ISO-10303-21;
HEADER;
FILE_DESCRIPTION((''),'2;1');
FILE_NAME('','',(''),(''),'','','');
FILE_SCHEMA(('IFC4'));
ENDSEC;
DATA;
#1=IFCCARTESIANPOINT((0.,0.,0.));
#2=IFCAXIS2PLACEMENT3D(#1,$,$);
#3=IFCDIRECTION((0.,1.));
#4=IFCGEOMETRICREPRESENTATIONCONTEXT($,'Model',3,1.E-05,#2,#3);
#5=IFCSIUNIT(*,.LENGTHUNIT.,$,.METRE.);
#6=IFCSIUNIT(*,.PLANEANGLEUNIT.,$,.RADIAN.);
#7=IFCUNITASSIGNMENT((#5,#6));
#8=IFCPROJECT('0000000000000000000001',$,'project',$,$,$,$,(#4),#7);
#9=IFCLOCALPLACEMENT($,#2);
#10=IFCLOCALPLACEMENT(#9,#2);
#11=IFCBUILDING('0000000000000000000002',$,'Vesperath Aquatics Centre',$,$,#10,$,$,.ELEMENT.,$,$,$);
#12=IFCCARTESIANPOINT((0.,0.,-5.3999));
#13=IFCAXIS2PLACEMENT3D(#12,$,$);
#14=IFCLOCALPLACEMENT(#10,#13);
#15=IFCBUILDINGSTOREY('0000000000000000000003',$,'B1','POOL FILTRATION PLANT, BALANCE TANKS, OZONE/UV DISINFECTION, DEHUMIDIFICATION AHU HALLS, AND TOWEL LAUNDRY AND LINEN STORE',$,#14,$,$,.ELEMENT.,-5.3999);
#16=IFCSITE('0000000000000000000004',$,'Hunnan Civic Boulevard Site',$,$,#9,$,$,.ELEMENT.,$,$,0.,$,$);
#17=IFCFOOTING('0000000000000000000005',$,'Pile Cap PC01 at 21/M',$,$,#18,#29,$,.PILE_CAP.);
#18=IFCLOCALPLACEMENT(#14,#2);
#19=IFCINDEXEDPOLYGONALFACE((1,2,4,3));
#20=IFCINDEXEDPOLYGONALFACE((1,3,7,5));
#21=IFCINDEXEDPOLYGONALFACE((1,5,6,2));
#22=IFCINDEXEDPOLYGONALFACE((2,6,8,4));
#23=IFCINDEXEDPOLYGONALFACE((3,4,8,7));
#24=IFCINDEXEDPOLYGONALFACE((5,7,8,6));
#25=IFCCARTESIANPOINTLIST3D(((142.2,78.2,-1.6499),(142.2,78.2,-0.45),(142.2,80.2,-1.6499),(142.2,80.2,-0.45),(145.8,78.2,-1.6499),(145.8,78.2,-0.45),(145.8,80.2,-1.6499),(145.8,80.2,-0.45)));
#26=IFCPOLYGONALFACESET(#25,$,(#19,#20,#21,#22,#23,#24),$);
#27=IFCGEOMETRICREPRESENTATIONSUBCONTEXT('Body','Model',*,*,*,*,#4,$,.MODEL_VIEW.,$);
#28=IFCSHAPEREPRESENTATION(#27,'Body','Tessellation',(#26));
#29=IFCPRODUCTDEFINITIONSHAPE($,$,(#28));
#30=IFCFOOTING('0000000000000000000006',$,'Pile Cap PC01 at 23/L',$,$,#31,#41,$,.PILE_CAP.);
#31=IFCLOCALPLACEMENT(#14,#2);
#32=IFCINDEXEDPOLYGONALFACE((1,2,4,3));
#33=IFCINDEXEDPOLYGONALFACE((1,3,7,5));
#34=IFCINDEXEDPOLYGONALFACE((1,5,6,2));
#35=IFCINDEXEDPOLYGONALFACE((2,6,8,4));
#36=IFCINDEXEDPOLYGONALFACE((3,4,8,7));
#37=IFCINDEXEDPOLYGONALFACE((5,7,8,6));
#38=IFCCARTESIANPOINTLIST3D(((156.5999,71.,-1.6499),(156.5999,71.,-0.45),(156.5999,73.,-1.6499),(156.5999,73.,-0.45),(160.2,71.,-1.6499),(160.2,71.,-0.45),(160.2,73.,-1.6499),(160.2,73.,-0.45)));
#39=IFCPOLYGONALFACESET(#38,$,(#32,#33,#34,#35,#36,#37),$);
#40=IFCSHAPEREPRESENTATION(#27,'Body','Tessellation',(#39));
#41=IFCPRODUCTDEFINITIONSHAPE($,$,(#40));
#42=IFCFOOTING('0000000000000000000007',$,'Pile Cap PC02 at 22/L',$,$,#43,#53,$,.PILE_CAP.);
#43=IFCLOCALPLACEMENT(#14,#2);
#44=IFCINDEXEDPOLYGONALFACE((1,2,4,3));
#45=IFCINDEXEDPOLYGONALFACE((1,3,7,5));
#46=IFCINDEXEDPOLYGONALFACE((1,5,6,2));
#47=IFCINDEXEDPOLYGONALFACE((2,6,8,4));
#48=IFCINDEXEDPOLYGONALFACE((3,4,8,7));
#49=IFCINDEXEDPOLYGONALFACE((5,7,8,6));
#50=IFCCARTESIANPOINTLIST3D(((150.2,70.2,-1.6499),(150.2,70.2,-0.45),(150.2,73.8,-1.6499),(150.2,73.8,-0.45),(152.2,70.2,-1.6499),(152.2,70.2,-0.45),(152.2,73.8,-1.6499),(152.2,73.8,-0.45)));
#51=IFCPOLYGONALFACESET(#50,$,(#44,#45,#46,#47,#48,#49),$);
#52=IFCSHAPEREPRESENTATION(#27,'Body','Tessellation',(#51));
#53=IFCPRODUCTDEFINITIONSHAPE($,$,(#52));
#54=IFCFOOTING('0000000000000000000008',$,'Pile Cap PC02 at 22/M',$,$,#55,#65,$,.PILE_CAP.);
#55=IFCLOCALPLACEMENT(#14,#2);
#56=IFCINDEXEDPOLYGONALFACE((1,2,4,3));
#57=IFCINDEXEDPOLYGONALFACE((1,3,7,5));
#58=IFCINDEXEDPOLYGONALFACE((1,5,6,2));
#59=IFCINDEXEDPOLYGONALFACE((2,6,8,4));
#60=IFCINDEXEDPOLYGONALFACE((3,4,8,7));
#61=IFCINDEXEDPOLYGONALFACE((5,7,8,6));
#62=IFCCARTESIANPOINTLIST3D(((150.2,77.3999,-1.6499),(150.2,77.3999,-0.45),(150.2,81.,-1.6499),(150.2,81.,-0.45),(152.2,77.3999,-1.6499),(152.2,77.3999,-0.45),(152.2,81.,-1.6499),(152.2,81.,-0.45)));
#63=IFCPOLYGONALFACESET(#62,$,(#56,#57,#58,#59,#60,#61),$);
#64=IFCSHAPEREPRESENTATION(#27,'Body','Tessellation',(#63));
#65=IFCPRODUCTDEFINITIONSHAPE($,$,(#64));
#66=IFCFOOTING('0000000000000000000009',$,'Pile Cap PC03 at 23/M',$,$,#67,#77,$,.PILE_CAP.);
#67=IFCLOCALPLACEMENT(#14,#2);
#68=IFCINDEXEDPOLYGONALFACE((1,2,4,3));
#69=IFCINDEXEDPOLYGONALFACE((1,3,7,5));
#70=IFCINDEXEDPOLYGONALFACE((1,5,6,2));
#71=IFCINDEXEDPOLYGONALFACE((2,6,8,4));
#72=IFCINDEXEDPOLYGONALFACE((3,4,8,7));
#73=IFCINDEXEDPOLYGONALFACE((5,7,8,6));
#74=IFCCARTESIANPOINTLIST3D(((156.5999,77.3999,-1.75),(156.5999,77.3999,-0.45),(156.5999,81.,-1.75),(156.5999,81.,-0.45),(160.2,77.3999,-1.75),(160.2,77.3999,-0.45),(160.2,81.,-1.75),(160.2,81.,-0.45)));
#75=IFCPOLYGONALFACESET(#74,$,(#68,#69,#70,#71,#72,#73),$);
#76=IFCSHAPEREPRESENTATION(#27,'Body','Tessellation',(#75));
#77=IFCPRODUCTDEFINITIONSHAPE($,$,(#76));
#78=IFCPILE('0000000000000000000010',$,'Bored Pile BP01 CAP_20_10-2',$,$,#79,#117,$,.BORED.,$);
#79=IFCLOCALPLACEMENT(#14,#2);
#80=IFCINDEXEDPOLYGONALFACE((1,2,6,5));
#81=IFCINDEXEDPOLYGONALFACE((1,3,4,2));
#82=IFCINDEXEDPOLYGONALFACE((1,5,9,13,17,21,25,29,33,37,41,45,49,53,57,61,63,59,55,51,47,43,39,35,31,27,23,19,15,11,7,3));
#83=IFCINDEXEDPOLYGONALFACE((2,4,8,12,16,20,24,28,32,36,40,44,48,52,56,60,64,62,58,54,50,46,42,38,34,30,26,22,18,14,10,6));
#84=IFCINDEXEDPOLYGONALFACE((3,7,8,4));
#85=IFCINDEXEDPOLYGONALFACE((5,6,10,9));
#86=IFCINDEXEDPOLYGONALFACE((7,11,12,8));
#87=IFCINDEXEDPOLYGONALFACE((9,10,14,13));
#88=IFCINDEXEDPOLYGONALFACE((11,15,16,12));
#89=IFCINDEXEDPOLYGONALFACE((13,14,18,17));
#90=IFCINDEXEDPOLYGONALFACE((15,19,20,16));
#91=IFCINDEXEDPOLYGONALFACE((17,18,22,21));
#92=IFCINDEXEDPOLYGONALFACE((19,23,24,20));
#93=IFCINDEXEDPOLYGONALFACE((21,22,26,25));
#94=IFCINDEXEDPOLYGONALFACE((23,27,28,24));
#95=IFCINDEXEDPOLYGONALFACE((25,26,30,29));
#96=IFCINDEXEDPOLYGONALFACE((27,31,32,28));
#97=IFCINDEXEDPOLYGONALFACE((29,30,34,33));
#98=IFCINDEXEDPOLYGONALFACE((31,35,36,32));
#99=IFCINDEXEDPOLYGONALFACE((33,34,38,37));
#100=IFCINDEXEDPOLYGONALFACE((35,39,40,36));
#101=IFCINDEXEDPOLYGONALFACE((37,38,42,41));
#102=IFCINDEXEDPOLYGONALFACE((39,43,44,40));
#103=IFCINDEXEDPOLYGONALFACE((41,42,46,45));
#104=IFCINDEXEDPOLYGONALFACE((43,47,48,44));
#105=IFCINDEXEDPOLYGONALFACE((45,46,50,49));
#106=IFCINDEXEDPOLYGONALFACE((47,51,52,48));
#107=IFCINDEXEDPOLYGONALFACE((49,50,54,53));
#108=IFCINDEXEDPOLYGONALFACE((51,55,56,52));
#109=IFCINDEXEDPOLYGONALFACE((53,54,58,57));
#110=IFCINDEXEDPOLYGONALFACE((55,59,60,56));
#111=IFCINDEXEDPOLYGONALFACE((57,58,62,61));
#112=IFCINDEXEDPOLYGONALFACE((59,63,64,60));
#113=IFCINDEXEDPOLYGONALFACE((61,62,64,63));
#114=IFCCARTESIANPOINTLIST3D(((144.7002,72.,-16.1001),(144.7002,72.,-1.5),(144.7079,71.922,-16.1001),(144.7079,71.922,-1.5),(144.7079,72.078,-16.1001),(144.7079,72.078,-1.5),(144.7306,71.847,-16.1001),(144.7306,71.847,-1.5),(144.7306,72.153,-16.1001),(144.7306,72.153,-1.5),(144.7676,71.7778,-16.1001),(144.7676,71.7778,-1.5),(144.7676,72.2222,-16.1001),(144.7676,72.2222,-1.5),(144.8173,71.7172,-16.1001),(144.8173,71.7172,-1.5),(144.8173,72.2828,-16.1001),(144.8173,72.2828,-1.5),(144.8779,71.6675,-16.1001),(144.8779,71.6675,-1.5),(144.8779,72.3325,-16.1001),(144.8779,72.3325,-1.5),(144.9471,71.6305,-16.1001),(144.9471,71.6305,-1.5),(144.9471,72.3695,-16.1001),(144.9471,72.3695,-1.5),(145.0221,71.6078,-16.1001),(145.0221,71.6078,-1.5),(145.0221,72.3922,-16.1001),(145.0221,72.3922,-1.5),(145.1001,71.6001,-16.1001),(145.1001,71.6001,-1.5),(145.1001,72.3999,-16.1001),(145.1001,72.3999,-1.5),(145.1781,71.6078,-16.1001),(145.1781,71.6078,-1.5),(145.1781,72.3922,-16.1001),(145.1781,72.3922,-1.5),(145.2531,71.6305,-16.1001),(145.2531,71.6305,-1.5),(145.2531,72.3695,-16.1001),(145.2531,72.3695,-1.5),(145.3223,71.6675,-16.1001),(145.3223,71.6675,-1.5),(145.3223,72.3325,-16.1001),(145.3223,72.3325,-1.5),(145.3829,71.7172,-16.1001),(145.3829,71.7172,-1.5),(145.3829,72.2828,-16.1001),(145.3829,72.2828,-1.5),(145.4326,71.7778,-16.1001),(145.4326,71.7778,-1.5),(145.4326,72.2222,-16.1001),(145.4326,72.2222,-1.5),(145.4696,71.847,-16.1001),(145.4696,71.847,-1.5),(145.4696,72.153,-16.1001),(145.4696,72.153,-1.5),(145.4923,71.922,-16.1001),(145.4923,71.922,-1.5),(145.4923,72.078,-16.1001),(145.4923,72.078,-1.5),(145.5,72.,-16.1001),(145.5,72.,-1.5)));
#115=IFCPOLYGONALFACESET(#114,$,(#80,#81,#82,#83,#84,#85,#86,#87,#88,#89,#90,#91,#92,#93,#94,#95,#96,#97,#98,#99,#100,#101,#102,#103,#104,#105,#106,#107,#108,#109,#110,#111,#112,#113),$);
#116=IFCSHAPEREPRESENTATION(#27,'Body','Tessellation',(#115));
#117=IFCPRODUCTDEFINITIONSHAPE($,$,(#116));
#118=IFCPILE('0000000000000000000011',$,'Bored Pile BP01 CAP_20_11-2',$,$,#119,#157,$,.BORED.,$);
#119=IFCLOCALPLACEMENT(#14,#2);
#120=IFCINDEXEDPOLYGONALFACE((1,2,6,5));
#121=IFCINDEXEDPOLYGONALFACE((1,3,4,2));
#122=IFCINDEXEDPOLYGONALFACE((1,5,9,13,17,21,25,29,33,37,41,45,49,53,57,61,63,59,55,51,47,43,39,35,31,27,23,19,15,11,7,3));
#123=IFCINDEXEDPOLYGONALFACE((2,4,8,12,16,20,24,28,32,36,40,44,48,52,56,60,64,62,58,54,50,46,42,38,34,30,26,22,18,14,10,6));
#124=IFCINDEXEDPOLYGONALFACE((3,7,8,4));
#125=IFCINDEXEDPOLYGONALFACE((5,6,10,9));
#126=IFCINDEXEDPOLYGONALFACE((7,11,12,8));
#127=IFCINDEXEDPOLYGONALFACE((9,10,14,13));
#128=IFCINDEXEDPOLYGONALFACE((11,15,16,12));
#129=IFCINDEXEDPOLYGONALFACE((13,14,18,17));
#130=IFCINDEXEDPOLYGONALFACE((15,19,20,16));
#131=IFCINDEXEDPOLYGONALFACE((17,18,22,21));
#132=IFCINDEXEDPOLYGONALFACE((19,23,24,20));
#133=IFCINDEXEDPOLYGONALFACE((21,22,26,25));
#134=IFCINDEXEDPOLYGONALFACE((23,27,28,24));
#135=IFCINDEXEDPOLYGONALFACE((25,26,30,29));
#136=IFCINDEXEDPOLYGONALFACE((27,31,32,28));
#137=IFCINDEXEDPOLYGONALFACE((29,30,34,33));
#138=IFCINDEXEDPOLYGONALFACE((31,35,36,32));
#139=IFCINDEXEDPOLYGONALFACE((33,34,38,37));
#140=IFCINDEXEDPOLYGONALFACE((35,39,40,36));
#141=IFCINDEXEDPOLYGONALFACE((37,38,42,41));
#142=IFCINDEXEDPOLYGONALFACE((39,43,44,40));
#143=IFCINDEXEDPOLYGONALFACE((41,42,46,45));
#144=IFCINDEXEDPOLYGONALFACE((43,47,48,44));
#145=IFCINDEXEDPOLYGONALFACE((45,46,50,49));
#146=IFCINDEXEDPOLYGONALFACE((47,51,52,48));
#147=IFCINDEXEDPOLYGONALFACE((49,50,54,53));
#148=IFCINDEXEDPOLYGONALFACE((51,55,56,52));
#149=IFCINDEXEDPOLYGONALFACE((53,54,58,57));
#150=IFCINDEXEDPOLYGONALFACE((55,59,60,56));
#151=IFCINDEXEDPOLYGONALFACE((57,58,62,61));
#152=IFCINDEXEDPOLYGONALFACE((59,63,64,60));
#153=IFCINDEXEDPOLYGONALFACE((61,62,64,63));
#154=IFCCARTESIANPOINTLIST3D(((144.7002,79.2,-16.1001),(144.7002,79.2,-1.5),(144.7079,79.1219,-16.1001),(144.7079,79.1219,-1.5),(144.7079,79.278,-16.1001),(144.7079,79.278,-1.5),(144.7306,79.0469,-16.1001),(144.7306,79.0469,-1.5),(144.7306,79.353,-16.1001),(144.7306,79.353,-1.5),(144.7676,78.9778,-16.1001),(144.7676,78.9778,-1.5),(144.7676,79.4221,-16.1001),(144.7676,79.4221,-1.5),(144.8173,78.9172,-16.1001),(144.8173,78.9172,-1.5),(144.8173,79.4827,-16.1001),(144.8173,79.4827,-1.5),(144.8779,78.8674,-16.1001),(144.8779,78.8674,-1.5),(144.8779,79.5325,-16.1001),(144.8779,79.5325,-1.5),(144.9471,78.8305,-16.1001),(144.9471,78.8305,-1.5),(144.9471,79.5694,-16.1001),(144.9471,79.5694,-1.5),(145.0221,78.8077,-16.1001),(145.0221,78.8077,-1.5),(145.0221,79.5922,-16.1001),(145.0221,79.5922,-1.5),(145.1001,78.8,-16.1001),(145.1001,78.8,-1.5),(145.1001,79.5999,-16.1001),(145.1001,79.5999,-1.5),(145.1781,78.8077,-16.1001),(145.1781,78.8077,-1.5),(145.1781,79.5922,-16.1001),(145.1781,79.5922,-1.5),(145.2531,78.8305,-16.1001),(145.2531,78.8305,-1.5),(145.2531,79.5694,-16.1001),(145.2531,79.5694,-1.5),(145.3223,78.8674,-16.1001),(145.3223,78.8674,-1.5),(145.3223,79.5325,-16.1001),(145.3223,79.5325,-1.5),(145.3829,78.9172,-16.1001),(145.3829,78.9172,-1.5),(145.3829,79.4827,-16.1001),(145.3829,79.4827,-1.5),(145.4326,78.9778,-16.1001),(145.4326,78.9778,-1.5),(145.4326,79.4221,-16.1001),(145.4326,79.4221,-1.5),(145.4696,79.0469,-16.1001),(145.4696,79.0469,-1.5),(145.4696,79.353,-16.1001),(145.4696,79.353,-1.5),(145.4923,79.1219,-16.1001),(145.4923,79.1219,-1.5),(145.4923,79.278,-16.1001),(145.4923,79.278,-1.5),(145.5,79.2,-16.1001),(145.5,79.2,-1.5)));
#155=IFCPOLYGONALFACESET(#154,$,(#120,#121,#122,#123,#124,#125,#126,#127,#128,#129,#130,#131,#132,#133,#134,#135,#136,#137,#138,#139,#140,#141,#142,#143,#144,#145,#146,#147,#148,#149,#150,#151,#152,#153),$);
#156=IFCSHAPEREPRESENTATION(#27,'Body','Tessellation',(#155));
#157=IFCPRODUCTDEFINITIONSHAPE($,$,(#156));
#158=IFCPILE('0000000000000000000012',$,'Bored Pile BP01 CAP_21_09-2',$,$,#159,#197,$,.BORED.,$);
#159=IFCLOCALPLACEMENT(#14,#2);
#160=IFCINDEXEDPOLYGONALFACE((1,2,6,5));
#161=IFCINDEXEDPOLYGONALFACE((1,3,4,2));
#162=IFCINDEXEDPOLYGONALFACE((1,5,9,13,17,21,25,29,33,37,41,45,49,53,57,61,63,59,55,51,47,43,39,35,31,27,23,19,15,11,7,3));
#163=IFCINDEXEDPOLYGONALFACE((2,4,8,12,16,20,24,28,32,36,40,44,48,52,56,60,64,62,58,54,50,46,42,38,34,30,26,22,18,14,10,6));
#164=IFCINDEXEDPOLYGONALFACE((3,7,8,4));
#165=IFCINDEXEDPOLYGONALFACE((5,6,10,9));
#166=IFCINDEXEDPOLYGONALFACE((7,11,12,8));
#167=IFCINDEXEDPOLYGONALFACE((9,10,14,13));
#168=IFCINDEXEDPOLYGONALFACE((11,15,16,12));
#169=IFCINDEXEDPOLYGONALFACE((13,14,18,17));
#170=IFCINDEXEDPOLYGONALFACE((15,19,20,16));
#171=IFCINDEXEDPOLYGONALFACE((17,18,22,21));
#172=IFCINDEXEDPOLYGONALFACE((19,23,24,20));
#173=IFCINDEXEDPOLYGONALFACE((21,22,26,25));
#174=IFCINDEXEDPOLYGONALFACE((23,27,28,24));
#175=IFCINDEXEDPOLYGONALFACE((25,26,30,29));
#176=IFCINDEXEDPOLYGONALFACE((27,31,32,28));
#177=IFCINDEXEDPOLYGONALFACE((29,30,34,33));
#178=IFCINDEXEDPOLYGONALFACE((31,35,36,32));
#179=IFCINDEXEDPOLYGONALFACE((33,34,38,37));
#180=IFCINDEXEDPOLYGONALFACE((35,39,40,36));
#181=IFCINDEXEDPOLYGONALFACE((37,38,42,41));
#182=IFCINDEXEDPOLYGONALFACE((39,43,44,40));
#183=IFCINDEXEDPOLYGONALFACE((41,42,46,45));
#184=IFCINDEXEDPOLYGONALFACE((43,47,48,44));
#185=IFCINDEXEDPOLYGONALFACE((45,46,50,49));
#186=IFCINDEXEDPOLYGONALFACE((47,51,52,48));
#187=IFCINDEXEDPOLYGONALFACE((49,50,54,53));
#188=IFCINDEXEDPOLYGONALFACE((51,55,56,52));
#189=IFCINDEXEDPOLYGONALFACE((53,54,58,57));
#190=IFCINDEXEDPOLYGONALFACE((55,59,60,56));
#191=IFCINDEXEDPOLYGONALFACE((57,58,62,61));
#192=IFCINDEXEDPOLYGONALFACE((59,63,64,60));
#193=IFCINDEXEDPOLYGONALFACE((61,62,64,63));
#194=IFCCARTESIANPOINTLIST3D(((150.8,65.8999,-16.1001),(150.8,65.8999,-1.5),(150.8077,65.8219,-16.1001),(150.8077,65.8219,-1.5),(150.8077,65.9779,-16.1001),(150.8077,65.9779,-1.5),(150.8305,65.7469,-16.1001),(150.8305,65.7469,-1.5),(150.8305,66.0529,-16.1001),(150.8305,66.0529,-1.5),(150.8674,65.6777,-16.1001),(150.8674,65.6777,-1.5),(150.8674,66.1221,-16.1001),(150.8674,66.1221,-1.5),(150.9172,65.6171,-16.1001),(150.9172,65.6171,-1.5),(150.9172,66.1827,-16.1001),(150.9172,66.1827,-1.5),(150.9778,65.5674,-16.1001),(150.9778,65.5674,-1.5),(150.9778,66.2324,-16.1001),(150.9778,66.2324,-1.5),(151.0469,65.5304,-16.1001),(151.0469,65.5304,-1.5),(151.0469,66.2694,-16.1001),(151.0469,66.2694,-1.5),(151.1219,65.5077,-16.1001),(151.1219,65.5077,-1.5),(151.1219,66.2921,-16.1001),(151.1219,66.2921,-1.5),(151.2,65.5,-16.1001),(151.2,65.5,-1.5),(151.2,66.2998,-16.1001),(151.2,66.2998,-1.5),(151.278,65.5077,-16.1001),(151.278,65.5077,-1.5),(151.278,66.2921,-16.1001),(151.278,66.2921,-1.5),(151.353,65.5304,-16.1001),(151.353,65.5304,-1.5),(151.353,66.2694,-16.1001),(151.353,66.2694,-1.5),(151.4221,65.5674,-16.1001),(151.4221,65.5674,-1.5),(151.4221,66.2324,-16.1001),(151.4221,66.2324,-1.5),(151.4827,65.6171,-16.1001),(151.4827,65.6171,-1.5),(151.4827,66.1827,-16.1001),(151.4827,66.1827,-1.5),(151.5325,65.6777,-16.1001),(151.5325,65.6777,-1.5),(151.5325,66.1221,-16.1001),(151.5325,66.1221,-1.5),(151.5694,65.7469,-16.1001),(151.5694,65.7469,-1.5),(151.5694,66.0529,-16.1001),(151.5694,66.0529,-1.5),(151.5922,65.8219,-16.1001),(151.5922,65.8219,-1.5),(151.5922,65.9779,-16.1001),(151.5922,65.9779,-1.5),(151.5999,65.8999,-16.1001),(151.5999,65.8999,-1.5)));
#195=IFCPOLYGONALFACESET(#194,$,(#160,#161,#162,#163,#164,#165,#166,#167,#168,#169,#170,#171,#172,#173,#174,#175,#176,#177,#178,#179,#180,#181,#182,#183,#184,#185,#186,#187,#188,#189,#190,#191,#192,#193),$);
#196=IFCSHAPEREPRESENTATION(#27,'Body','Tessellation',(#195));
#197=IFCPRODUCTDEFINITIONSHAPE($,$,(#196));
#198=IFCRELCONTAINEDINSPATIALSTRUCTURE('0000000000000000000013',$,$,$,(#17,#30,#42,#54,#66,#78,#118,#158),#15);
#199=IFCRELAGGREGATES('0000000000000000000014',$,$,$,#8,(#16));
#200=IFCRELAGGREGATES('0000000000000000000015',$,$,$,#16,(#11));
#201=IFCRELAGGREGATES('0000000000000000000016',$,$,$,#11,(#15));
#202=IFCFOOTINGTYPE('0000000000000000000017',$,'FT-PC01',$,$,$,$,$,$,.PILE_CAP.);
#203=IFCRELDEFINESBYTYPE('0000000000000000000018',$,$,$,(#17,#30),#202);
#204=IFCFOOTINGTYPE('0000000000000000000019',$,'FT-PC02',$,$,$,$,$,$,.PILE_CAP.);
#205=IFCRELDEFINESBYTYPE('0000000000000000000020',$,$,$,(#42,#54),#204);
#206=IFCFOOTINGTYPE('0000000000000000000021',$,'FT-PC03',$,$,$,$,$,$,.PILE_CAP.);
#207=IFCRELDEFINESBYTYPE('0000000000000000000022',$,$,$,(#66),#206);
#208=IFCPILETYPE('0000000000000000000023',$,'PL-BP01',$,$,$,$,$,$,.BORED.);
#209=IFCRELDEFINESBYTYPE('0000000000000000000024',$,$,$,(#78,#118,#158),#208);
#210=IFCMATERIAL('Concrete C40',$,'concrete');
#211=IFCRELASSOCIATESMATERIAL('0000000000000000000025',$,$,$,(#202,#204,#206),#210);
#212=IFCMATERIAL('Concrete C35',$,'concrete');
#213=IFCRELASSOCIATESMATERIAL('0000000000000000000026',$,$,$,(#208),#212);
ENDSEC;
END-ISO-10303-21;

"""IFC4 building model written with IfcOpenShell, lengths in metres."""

from ifc_helpers import new_model, si_unit, direction, frame, origin, origin_2d, place, context, subcontext, project, spatial, rectangle, circle, extrude, material, material_profile, profile_set, type_object, element, save


model = new_model("IFC4")

# Units and contexts
model_context = context("Model", 3, precision=1e-05, world=origin(), true_north=direction((0.0, 1.0)))
body_context = subcontext(model_context, "Body", "Model", "MODEL_VIEW")
ifc_project = project(units=[si_unit("LENGTHUNIT", "METRE"), si_unit("PLANEANGLEUNIT", "RADIAN")], contexts=[model_context])

# Site, building, storey
site_placement = place(None, origin())
site = spatial("IfcSite", under=ifc_project, at=site_placement, Name="Hunnan Civic Boulevard Site", CompositionType="ELEMENT", RefElevation=0.0)
building_placement = place(site_placement, origin())
building = spatial("IfcBuilding", under=site, at=building_placement, Name="Vesperath Aquatics Centre", CompositionType="ELEMENT")
storey_placement = place(building_placement, frame((0.0, 0.0, -5.3999)))
storey = spatial("IfcBuildingStorey", under=building, at=storey_placement, Name="B1", Description="POOL FILTRATION PLANT, BALANCE TANKS, OZONE/UV DISINFECTION, DEHUMIDIFICATION AHU HALLS, AND TOWEL LAUNDRY AND LINEN STORE", CompositionType="ELEMENT", Elevation=-5.3999)

# Footings
ifc_material_1 = material(Name="Concrete C40", Category="concrete")
footing_type_1 = type_object("IfcFootingType", Name="FT-PC01", PredefinedType="PILE_CAP", material=ifc_material_1)
for number, where, z_axis, x_axis, name in (
    (1, (144.0, 79.2, -1.6499), (0.0, 0.0, 1.0), (1.0, 0.0, 0.0), "Pile Cap PC01 at 21/M"),
    (2, (158.3999, 72.0, -1.6499), (0.0, 0.0, 1.0), (1.0, 0.0, 0.0), "Pile Cap PC01 at 23/L"),
):
    element("IfcFooting", number, at=place(storey_placement, frame(where, z_axis=z_axis, x_axis=x_axis)), inside=storey, type_object=footing_type_1, Name=name, PredefinedType="PILE_CAP", context=body_context, shape_type="SweptSolid", body=[
        extrude(rectangle(XDim=3.6001, YDim=2.0, at=origin_2d()), origin(), (0.0, 0.0, 1.0), 1.2),
    ])
footing_type_2 = type_object("IfcFootingType", Name="FT-PC02", PredefinedType="PILE_CAP", material=ifc_material_1)
for number, where, z_axis, x_axis, name in (
    (3, (151.2, 72.0, -1.6499), (0.0, 0.0, 1.0), (1.0, 0.0, 0.0), "Pile Cap PC02 at 22/L"),
    (4, (151.2, 79.2, -1.6499), (0.0, 0.0, 1.0), (1.0, 0.0, 0.0), "Pile Cap PC02 at 22/M"),
):
    element("IfcFooting", number, at=place(storey_placement, frame(where, z_axis=z_axis, x_axis=x_axis)), inside=storey, type_object=footing_type_2, Name=name, PredefinedType="PILE_CAP", context=body_context, shape_type="SweptSolid", body=[
        extrude(rectangle(XDim=2.0, YDim=3.6001, at=origin_2d()), origin(), (0.0, 0.0, 1.0), 1.2),
    ])
footing_type_3 = type_object("IfcFootingType", Name="FT-PC03", PredefinedType="PILE_CAP", material=ifc_material_1)
footing_placement = place(storey_placement, frame((158.3999, 79.2, -1.75), z_axis=(0.0, 0.0, 1.0), x_axis=(1.0, 0.0, 0.0)))
element("IfcFooting", 5, at=footing_placement, inside=storey, type_object=footing_type_3, Name="Pile Cap PC03 at 23/M", PredefinedType="PILE_CAP", context=body_context, shape_type="SweptSolid", body=[
    extrude(rectangle(XDim=3.6001, YDim=3.6001, at=origin_2d()), origin(), (0.0, 0.0, 1.0), 1.3),
])

# Piles
ifc_material_2 = material(Name="Concrete C35", Category="concrete")
ifc_material_profile_1 = material_profile(ifc_material_2, circle(Radius=0.3999, at=origin_2d()), Name="PILE D800")
ifc_profile_set_1 = profile_set([ifc_material_profile_1], Name="Concrete C35")
pile_type = type_object("IfcPileType", Name="PL-BP01", PredefinedType="BORED", material=ifc_profile_set_1)
for number, where, z_axis, x_axis, name in (
    (6, (145.1001, 72.0, -1.5), (0.0, 0.0, -1.0), (1.0, 0.0, 0.0), "Bored Pile BP01 CAP_20_10-2"),
    (7, (145.1001, 79.2, -1.5), (0.0, 0.0, -1.0), (1.0, 0.0, 0.0), "Bored Pile BP01 CAP_20_11-2"),
    (8, (151.2, 65.8999, -1.5), (0.0, 0.0, -1.0), (1.0, 0.0, 0.0), "Bored Pile BP01 CAP_21_09-2"),
):
    element("IfcPile", number, at=place(storey_placement, frame(where, z_axis=z_axis, x_axis=x_axis)), inside=storey, type_object=pile_type, Name=name, PredefinedType="BORED", context=body_context, shape_type="SweptSolid", body=[
        extrude(circle(Radius=0.3999, at=origin_2d()), origin(), (0.0, 0.0, 1.0), 14.6001),
    ])

save(model, "model.ifc")
